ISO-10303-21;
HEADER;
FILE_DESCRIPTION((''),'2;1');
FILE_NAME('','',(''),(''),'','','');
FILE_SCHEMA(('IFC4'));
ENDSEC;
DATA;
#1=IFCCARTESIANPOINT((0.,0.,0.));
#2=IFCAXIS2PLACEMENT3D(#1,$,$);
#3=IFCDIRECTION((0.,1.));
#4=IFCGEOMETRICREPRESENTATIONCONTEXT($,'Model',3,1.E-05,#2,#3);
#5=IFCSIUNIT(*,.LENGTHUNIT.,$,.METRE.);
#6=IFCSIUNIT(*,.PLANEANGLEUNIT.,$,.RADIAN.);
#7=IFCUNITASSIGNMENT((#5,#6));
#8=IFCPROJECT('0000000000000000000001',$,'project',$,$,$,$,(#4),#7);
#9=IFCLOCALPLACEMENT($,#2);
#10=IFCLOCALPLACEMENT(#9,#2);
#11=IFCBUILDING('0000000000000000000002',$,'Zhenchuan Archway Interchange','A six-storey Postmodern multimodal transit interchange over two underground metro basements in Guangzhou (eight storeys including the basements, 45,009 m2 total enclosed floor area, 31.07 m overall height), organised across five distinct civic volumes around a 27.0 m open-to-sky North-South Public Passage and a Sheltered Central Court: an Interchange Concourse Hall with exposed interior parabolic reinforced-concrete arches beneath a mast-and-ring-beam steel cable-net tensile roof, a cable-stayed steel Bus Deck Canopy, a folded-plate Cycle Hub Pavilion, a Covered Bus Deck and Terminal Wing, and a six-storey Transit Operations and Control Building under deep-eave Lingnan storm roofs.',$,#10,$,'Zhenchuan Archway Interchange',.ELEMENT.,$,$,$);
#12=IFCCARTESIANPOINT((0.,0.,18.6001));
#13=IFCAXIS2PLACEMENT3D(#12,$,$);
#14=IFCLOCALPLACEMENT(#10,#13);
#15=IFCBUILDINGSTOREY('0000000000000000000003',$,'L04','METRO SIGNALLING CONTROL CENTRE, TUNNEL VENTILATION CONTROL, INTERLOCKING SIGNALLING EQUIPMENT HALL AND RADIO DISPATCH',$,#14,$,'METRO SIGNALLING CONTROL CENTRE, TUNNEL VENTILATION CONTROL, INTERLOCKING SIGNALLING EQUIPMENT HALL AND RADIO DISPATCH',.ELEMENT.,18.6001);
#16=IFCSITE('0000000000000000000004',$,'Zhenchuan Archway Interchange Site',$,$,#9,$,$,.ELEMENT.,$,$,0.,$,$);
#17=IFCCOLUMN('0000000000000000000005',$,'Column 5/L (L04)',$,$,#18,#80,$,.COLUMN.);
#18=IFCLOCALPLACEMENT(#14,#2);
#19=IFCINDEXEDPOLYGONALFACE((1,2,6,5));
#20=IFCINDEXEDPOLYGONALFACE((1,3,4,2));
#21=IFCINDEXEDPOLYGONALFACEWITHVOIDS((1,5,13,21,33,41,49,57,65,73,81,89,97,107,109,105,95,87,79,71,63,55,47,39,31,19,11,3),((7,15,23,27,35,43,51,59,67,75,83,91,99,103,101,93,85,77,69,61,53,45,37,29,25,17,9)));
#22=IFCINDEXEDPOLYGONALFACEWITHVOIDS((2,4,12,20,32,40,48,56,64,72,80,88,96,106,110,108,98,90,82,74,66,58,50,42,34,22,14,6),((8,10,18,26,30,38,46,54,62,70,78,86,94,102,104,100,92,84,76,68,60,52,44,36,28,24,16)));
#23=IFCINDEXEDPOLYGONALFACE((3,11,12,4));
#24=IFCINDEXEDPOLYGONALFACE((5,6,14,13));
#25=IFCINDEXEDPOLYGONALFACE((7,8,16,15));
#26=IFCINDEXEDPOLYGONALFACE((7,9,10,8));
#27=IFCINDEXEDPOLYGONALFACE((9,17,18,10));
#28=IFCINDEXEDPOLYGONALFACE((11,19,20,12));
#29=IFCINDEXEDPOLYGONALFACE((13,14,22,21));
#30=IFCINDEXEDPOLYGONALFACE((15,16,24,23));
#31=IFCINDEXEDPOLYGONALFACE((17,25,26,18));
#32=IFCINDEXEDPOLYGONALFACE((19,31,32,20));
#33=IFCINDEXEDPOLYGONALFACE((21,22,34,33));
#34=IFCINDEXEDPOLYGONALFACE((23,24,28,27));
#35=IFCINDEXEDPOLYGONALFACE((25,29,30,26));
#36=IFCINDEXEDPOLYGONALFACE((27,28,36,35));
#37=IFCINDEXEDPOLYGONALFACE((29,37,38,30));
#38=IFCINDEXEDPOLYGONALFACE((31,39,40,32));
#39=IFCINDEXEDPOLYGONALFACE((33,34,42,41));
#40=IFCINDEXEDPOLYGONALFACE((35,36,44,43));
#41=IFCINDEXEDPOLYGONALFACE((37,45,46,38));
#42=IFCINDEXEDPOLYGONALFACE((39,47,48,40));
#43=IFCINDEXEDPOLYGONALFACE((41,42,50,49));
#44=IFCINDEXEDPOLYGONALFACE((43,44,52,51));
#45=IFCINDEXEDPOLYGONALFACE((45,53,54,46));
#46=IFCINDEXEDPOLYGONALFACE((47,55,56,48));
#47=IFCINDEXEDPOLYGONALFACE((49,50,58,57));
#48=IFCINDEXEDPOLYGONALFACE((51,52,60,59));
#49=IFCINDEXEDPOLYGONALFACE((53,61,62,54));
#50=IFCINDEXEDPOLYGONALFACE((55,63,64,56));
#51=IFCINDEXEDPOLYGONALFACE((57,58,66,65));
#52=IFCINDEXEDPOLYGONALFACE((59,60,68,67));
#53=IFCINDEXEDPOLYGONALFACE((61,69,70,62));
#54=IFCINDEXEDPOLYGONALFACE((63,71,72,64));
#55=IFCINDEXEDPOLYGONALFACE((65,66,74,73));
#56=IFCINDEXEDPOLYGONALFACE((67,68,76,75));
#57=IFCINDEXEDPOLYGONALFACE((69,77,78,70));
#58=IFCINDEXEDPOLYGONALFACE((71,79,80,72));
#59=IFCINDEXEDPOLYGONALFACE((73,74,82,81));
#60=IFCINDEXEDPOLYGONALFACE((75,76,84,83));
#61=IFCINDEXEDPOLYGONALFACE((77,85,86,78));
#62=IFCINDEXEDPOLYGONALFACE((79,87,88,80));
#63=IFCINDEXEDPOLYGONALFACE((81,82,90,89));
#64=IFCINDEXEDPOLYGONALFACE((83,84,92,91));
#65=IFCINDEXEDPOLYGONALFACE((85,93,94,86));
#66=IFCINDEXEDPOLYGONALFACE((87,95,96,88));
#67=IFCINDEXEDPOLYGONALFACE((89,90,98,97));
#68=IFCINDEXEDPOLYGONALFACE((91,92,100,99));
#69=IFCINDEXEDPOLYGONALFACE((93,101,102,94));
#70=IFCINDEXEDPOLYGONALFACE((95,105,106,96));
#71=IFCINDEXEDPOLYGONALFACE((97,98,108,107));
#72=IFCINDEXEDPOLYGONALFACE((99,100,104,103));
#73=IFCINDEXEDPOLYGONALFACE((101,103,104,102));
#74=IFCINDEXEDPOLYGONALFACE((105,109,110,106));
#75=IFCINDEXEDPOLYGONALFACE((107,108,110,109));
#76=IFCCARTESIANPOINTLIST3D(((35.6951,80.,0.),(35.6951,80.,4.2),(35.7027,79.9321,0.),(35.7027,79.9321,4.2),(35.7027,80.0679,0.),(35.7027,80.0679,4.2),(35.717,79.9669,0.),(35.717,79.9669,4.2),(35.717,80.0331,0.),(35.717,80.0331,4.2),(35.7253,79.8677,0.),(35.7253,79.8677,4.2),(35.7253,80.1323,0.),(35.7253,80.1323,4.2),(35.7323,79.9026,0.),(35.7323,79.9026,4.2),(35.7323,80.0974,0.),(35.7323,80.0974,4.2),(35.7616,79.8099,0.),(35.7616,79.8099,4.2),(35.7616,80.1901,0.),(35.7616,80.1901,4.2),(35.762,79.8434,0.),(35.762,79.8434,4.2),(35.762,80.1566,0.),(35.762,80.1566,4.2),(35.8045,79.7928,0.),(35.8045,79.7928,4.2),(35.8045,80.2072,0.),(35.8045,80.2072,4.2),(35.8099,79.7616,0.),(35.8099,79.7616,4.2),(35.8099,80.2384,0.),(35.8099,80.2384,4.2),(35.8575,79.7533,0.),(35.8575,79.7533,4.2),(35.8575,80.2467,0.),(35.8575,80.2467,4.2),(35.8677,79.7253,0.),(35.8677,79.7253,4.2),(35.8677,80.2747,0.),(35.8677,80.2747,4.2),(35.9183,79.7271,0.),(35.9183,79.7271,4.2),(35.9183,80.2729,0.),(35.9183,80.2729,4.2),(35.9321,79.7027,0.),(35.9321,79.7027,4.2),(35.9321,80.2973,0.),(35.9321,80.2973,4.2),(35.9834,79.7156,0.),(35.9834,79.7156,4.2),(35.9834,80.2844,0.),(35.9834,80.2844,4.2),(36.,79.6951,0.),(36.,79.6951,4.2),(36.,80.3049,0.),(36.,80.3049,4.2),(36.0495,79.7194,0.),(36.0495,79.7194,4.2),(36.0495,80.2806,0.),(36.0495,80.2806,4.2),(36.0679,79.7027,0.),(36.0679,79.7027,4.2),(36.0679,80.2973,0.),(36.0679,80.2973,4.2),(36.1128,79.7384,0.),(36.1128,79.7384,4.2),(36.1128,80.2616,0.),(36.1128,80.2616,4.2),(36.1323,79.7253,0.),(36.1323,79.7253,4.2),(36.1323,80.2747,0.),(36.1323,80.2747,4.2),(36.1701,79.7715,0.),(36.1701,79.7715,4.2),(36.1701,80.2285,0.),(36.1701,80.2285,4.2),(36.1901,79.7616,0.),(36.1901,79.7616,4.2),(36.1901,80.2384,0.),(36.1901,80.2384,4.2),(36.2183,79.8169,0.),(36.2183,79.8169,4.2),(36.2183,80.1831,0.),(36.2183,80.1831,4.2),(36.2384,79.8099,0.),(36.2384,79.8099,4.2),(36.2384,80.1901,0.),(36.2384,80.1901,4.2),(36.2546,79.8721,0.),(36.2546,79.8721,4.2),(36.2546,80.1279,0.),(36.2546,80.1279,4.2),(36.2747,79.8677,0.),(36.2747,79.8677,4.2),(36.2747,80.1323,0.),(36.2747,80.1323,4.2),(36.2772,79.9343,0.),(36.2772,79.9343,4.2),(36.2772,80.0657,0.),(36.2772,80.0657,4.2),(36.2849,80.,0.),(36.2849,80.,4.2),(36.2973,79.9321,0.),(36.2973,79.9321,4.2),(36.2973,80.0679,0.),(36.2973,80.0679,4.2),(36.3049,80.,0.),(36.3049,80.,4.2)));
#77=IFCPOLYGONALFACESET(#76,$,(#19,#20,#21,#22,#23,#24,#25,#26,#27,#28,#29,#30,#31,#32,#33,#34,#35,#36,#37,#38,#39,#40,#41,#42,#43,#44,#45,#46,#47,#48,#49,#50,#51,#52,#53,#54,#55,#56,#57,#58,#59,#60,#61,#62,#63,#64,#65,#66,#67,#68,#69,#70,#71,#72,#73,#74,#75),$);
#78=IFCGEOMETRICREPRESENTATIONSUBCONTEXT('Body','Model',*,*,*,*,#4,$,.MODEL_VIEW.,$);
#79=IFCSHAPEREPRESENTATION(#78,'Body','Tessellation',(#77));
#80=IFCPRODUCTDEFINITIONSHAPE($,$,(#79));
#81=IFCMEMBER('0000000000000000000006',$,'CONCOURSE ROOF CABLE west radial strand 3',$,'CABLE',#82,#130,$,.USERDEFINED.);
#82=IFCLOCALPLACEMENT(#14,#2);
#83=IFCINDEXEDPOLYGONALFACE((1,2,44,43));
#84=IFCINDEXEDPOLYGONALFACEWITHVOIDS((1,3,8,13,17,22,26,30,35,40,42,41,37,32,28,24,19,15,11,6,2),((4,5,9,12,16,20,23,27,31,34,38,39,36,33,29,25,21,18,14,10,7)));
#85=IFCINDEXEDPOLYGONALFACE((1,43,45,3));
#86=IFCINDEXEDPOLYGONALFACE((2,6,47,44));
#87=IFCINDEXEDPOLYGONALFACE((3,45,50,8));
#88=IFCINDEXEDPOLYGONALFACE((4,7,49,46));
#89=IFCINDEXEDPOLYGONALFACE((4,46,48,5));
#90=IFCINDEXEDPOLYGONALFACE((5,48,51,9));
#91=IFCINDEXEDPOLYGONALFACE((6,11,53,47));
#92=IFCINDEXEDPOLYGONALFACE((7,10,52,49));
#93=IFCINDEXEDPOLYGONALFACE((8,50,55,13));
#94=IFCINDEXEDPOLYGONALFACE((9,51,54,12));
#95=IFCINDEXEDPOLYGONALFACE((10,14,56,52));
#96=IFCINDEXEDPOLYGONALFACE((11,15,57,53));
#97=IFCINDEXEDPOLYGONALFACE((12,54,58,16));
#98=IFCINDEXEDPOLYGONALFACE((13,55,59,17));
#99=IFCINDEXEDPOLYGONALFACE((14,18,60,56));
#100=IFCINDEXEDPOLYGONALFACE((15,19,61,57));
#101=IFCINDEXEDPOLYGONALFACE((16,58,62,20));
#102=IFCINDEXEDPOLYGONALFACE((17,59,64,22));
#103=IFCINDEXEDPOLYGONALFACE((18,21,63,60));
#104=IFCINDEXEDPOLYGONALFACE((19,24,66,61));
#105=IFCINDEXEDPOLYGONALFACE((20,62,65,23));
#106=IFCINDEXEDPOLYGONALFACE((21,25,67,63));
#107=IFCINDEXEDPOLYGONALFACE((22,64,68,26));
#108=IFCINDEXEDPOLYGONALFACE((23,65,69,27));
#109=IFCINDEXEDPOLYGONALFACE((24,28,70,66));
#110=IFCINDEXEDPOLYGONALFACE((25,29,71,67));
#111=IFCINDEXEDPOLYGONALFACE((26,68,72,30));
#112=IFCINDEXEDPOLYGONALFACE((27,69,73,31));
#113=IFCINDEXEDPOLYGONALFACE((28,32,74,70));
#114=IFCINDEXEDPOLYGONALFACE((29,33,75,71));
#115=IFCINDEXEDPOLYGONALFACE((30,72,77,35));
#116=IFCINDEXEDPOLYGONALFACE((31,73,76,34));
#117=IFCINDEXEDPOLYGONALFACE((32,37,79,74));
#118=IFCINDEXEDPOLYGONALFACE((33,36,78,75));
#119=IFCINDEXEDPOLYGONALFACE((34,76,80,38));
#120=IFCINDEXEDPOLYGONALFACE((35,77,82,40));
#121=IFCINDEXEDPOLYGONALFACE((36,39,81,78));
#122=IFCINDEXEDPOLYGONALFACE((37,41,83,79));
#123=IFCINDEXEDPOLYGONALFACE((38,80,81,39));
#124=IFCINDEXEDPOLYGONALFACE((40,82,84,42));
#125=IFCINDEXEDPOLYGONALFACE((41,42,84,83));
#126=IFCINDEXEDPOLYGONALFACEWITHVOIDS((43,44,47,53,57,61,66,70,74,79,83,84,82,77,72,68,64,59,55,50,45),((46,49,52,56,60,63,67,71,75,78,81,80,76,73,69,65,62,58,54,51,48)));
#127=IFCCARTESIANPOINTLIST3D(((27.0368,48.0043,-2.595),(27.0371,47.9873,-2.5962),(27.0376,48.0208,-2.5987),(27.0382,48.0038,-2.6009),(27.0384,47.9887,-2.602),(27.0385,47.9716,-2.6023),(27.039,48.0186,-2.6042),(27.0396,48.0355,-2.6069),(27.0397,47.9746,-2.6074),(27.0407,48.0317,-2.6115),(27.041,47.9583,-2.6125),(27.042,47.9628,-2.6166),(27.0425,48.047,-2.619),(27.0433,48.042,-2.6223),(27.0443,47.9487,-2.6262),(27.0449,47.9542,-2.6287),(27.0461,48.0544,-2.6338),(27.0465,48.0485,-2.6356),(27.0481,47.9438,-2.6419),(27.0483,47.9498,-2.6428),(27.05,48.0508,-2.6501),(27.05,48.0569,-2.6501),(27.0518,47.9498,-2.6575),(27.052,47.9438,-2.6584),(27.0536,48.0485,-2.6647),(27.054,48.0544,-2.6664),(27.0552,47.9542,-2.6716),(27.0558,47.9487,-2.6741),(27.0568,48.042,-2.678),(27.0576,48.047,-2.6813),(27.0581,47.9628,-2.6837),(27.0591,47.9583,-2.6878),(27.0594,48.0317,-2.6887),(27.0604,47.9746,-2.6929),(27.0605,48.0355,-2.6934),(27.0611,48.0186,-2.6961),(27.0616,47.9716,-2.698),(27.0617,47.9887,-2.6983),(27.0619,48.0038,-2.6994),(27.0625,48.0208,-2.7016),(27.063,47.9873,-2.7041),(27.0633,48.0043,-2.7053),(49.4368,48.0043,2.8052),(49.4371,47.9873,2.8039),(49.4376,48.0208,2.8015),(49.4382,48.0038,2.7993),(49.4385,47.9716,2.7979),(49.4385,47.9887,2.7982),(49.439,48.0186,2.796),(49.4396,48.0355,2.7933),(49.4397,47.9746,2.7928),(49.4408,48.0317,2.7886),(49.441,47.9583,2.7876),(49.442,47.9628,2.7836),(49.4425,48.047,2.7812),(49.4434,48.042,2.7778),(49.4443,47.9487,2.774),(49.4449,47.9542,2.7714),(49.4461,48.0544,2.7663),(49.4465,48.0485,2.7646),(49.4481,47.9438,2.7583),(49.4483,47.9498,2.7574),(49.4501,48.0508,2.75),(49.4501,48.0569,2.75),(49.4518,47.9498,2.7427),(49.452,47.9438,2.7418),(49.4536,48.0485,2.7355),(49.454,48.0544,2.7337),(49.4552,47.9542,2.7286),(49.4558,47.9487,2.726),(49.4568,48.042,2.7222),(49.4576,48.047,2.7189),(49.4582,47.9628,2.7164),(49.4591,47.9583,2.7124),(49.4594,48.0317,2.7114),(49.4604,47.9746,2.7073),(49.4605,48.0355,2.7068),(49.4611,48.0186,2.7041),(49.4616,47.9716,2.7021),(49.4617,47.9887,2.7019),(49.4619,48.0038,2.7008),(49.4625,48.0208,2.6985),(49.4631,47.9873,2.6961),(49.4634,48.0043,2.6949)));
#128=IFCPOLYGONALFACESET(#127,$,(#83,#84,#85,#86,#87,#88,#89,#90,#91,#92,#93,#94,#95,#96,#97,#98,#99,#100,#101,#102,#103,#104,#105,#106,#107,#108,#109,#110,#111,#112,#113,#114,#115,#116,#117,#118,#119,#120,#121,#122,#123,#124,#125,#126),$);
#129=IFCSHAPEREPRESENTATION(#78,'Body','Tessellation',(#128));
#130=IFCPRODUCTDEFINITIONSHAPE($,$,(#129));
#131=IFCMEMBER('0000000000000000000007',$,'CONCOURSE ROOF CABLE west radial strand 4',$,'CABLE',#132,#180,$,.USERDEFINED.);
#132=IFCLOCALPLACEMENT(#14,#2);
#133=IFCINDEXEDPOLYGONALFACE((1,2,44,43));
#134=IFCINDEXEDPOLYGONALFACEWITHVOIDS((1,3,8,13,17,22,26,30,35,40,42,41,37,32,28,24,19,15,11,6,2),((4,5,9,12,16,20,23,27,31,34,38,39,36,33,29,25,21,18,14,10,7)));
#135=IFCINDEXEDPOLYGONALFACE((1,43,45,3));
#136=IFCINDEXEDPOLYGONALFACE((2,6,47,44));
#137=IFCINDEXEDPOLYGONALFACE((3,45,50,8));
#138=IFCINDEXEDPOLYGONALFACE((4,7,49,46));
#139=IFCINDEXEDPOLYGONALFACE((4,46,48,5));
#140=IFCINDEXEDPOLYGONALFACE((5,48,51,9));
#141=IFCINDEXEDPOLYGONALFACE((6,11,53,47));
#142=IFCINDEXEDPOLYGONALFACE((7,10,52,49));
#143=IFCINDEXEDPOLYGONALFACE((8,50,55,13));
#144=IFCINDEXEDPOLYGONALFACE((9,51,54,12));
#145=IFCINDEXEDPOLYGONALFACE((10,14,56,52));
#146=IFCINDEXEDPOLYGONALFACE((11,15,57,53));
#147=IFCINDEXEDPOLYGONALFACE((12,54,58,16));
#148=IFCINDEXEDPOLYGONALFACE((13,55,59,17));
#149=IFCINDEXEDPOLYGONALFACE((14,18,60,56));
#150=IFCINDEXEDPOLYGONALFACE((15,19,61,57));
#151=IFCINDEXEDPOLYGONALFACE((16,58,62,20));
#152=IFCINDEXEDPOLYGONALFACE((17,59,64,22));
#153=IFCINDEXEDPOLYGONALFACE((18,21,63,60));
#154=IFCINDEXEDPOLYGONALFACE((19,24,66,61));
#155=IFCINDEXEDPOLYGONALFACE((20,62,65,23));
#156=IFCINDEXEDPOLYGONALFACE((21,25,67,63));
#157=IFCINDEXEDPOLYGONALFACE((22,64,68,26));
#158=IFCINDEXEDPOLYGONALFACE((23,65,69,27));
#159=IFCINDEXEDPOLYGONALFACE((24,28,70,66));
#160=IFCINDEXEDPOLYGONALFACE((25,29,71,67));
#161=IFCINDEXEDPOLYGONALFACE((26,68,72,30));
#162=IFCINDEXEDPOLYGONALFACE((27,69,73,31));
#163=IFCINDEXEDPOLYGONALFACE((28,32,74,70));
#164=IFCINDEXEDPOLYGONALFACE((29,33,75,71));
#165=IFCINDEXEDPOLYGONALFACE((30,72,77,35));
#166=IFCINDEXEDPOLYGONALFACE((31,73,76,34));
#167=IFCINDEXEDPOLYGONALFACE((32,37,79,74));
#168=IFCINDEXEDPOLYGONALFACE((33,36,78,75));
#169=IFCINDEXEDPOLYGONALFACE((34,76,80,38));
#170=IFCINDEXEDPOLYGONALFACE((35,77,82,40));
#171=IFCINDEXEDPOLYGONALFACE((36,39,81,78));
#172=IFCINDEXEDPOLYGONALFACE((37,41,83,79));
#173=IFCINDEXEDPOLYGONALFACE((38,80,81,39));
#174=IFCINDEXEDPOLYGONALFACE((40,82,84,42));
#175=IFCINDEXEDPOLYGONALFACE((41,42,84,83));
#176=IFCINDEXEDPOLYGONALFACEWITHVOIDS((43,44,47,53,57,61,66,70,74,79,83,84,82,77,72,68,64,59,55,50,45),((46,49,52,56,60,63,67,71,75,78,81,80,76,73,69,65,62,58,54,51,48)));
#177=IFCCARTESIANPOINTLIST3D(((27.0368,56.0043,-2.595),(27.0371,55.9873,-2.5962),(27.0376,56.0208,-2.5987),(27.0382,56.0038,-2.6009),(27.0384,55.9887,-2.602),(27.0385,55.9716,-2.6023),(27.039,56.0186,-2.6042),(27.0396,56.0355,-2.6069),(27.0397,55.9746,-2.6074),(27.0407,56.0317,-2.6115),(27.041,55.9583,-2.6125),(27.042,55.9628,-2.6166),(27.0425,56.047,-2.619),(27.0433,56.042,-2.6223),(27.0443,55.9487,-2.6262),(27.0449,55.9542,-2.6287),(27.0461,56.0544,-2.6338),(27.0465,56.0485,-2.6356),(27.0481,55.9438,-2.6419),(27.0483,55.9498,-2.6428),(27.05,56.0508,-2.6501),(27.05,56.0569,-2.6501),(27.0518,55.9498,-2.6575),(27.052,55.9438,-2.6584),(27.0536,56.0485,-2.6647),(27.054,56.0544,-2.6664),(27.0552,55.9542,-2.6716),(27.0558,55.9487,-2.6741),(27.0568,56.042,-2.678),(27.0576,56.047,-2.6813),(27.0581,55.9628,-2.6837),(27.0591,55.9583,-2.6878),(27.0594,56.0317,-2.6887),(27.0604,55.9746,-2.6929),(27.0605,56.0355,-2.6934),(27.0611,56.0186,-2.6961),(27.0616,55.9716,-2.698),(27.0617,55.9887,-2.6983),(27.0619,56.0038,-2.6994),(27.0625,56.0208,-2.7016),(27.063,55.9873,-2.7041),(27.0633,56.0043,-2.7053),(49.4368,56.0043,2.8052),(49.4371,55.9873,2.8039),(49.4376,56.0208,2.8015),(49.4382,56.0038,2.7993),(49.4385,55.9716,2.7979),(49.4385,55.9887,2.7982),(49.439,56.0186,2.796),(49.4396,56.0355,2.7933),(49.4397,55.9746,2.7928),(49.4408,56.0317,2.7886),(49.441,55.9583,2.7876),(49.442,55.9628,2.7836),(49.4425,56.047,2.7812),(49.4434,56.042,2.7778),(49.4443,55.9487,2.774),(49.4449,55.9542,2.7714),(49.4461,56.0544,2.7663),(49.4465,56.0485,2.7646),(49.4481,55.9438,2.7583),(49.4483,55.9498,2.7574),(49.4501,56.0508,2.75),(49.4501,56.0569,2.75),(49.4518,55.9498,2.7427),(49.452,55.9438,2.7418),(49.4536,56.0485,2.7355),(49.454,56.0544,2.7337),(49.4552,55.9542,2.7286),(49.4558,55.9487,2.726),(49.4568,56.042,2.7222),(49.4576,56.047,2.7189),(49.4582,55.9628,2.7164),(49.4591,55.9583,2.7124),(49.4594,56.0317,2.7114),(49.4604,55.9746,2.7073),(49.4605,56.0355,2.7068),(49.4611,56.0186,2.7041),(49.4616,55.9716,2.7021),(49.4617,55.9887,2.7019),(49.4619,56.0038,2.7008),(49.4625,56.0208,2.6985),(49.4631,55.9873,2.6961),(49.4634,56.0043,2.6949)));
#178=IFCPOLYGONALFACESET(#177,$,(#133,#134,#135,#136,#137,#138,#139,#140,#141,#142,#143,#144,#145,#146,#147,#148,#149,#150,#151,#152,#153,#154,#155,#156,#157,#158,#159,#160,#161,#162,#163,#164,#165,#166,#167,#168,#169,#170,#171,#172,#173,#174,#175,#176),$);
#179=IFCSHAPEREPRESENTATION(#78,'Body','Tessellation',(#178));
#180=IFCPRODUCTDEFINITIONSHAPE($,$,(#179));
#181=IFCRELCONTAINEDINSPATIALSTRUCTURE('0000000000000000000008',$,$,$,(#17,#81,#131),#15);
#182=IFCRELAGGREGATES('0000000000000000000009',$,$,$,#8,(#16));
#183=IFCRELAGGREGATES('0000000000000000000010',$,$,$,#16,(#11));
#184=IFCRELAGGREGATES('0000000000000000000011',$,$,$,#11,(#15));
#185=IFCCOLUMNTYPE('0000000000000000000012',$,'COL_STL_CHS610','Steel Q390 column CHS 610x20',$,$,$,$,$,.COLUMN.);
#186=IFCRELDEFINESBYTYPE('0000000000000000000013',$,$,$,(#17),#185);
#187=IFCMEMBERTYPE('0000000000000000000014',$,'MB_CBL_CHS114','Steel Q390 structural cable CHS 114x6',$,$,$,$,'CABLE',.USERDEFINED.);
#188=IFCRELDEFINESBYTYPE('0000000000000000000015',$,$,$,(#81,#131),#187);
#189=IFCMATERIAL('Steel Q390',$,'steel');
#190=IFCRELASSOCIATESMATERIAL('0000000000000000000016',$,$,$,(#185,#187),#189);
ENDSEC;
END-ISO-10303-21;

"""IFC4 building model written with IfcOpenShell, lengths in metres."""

from ifc_helpers import new_model, si_unit, direction, frame, origin, origin_2d, place, context, subcontext, project, spatial, hollow_circle, extrude, material, material_profile, profile_set, type_object, element, save


model = new_model("IFC4")

# Units and contexts
model_context = context("Model", 3, precision=1e-05, world=origin(), true_north=direction((0.0, 1.0)))
body_context = subcontext(model_context, "Body", "Model", "MODEL_VIEW")
ifc_project = project(units=[si_unit("LENGTHUNIT", "METRE"), si_unit("PLANEANGLEUNIT", "RADIAN")], contexts=[model_context])

# Site, building, storey
site_placement = place(None, origin())
site = spatial("IfcSite", under=ifc_project, at=site_placement, Name="Zhenchuan Archway Interchange Site", CompositionType="ELEMENT", RefElevation=0.0)
building_placement = place(site_placement, origin())
building = spatial("IfcBuilding", under=site, at=building_placement, Name="Zhenchuan Archway Interchange", Description="A six-storey Postmodern multimodal transit interchange over two underground metro basements in Guangzhou (eight storeys including the basements, 45,009 m2 total enclosed floor area, 31.07 m overall height), organised across five distinct civic volumes around a 27.0 m open-to-sky North-South Public Passage and a Sheltered Central Court: an Interchange Concourse Hall with exposed interior parabolic reinforced-concrete arches beneath a mast-and-ring-beam steel cable-net tensile roof, a cable-stayed steel Bus Deck Canopy, a folded-plate Cycle Hub Pavilion, a Covered Bus Deck and Terminal Wing, and a six-storey Transit Operations and Control Building under deep-eave Lingnan storm roofs.", LongName="Zhenchuan Archway Interchange", CompositionType="ELEMENT")
storey_placement = place(building_placement, frame((0.0, 0.0, 18.6001)))
storey = spatial("IfcBuildingStorey", under=building, at=storey_placement, Name="L04", Description="METRO SIGNALLING CONTROL CENTRE, TUNNEL VENTILATION CONTROL, INTERLOCKING SIGNALLING EQUIPMENT HALL AND RADIO DISPATCH", LongName="METRO SIGNALLING CONTROL CENTRE, TUNNEL VENTILATION CONTROL, INTERLOCKING SIGNALLING EQUIPMENT HALL AND RADIO DISPATCH", CompositionType="ELEMENT", Elevation=18.6001)

# Column
ifc_material_1 = material(Name="Steel Q390", Category="steel")
ifc_material_profile_1 = material_profile(ifc_material_1, hollow_circle(Radius=0.3049, WallThickness=0.02, at=origin_2d()), Name="CHS 610x20")
ifc_profile_set_1 = profile_set([ifc_material_profile_1], Name="Steel Q390")
column_type_1 = type_object("IfcColumnType", Name="COL_STL_CHS610", Description="Steel Q390 column CHS 610x20", PredefinedType="COLUMN", material=ifc_profile_set_1)
column_placement = place(storey_placement, frame((36.0, 80.0, 0.0), z_axis=(0.0, 0.0, 1.0), x_axis=(1.0, 0.0, 0.0)))
element("IfcColumn", 1, at=column_placement, inside=storey, type_object=column_type_1, Name="Column 5/L (L04)", PredefinedType="COLUMN", context=body_context, shape_type="SweptSolid", body=[
    extrude(hollow_circle(Radius=0.3049, WallThickness=0.02, at=origin_2d()), origin(), (0.0, 0.0, 1.0), 4.2),
])

# Members
ifc_material_profile_2 = material_profile(ifc_material_1, hollow_circle(Radius=0.0569, WallThickness=0.0061, at=origin_2d()), Name="CHS 114x6")
ifc_profile_set_2 = profile_set([ifc_material_profile_2], Name="Steel Q390")
member_type_1 = type_object("IfcMemberType", Name="MB_CBL_CHS114", Description="Steel Q390 structural cable CHS 114x6", ElementType="CABLE", PredefinedType="USERDEFINED", material=ifc_profile_set_2)
for number, where, z_axis, x_axis, name in (
    (2, (27.05, 48.0, -2.6501), (0.972149, 0.0, 0.234365), (0.0, 1.0, 0.0), "CONCOURSE ROOF CABLE west radial strand 3"),
    (3, (27.05, 56.0, -2.6501), (0.972149, 0.0, 0.234365), (0.0, 1.0, 0.0), "CONCOURSE ROOF CABLE west radial strand 4"),
):
    element("IfcMember", number, at=place(storey_placement, frame(where, z_axis=z_axis, x_axis=x_axis)), inside=storey, type_object=member_type_1, Name=name, ObjectType="CABLE", PredefinedType="USERDEFINED", context=body_context, shape_type="SweptSolid", body=[
        extrude(hollow_circle(Radius=0.0569, WallThickness=0.0061, at=origin_2d()), origin(), (0.0, 0.0, 1.0), 23.0417),
    ])

save(model, "model.ifc")
